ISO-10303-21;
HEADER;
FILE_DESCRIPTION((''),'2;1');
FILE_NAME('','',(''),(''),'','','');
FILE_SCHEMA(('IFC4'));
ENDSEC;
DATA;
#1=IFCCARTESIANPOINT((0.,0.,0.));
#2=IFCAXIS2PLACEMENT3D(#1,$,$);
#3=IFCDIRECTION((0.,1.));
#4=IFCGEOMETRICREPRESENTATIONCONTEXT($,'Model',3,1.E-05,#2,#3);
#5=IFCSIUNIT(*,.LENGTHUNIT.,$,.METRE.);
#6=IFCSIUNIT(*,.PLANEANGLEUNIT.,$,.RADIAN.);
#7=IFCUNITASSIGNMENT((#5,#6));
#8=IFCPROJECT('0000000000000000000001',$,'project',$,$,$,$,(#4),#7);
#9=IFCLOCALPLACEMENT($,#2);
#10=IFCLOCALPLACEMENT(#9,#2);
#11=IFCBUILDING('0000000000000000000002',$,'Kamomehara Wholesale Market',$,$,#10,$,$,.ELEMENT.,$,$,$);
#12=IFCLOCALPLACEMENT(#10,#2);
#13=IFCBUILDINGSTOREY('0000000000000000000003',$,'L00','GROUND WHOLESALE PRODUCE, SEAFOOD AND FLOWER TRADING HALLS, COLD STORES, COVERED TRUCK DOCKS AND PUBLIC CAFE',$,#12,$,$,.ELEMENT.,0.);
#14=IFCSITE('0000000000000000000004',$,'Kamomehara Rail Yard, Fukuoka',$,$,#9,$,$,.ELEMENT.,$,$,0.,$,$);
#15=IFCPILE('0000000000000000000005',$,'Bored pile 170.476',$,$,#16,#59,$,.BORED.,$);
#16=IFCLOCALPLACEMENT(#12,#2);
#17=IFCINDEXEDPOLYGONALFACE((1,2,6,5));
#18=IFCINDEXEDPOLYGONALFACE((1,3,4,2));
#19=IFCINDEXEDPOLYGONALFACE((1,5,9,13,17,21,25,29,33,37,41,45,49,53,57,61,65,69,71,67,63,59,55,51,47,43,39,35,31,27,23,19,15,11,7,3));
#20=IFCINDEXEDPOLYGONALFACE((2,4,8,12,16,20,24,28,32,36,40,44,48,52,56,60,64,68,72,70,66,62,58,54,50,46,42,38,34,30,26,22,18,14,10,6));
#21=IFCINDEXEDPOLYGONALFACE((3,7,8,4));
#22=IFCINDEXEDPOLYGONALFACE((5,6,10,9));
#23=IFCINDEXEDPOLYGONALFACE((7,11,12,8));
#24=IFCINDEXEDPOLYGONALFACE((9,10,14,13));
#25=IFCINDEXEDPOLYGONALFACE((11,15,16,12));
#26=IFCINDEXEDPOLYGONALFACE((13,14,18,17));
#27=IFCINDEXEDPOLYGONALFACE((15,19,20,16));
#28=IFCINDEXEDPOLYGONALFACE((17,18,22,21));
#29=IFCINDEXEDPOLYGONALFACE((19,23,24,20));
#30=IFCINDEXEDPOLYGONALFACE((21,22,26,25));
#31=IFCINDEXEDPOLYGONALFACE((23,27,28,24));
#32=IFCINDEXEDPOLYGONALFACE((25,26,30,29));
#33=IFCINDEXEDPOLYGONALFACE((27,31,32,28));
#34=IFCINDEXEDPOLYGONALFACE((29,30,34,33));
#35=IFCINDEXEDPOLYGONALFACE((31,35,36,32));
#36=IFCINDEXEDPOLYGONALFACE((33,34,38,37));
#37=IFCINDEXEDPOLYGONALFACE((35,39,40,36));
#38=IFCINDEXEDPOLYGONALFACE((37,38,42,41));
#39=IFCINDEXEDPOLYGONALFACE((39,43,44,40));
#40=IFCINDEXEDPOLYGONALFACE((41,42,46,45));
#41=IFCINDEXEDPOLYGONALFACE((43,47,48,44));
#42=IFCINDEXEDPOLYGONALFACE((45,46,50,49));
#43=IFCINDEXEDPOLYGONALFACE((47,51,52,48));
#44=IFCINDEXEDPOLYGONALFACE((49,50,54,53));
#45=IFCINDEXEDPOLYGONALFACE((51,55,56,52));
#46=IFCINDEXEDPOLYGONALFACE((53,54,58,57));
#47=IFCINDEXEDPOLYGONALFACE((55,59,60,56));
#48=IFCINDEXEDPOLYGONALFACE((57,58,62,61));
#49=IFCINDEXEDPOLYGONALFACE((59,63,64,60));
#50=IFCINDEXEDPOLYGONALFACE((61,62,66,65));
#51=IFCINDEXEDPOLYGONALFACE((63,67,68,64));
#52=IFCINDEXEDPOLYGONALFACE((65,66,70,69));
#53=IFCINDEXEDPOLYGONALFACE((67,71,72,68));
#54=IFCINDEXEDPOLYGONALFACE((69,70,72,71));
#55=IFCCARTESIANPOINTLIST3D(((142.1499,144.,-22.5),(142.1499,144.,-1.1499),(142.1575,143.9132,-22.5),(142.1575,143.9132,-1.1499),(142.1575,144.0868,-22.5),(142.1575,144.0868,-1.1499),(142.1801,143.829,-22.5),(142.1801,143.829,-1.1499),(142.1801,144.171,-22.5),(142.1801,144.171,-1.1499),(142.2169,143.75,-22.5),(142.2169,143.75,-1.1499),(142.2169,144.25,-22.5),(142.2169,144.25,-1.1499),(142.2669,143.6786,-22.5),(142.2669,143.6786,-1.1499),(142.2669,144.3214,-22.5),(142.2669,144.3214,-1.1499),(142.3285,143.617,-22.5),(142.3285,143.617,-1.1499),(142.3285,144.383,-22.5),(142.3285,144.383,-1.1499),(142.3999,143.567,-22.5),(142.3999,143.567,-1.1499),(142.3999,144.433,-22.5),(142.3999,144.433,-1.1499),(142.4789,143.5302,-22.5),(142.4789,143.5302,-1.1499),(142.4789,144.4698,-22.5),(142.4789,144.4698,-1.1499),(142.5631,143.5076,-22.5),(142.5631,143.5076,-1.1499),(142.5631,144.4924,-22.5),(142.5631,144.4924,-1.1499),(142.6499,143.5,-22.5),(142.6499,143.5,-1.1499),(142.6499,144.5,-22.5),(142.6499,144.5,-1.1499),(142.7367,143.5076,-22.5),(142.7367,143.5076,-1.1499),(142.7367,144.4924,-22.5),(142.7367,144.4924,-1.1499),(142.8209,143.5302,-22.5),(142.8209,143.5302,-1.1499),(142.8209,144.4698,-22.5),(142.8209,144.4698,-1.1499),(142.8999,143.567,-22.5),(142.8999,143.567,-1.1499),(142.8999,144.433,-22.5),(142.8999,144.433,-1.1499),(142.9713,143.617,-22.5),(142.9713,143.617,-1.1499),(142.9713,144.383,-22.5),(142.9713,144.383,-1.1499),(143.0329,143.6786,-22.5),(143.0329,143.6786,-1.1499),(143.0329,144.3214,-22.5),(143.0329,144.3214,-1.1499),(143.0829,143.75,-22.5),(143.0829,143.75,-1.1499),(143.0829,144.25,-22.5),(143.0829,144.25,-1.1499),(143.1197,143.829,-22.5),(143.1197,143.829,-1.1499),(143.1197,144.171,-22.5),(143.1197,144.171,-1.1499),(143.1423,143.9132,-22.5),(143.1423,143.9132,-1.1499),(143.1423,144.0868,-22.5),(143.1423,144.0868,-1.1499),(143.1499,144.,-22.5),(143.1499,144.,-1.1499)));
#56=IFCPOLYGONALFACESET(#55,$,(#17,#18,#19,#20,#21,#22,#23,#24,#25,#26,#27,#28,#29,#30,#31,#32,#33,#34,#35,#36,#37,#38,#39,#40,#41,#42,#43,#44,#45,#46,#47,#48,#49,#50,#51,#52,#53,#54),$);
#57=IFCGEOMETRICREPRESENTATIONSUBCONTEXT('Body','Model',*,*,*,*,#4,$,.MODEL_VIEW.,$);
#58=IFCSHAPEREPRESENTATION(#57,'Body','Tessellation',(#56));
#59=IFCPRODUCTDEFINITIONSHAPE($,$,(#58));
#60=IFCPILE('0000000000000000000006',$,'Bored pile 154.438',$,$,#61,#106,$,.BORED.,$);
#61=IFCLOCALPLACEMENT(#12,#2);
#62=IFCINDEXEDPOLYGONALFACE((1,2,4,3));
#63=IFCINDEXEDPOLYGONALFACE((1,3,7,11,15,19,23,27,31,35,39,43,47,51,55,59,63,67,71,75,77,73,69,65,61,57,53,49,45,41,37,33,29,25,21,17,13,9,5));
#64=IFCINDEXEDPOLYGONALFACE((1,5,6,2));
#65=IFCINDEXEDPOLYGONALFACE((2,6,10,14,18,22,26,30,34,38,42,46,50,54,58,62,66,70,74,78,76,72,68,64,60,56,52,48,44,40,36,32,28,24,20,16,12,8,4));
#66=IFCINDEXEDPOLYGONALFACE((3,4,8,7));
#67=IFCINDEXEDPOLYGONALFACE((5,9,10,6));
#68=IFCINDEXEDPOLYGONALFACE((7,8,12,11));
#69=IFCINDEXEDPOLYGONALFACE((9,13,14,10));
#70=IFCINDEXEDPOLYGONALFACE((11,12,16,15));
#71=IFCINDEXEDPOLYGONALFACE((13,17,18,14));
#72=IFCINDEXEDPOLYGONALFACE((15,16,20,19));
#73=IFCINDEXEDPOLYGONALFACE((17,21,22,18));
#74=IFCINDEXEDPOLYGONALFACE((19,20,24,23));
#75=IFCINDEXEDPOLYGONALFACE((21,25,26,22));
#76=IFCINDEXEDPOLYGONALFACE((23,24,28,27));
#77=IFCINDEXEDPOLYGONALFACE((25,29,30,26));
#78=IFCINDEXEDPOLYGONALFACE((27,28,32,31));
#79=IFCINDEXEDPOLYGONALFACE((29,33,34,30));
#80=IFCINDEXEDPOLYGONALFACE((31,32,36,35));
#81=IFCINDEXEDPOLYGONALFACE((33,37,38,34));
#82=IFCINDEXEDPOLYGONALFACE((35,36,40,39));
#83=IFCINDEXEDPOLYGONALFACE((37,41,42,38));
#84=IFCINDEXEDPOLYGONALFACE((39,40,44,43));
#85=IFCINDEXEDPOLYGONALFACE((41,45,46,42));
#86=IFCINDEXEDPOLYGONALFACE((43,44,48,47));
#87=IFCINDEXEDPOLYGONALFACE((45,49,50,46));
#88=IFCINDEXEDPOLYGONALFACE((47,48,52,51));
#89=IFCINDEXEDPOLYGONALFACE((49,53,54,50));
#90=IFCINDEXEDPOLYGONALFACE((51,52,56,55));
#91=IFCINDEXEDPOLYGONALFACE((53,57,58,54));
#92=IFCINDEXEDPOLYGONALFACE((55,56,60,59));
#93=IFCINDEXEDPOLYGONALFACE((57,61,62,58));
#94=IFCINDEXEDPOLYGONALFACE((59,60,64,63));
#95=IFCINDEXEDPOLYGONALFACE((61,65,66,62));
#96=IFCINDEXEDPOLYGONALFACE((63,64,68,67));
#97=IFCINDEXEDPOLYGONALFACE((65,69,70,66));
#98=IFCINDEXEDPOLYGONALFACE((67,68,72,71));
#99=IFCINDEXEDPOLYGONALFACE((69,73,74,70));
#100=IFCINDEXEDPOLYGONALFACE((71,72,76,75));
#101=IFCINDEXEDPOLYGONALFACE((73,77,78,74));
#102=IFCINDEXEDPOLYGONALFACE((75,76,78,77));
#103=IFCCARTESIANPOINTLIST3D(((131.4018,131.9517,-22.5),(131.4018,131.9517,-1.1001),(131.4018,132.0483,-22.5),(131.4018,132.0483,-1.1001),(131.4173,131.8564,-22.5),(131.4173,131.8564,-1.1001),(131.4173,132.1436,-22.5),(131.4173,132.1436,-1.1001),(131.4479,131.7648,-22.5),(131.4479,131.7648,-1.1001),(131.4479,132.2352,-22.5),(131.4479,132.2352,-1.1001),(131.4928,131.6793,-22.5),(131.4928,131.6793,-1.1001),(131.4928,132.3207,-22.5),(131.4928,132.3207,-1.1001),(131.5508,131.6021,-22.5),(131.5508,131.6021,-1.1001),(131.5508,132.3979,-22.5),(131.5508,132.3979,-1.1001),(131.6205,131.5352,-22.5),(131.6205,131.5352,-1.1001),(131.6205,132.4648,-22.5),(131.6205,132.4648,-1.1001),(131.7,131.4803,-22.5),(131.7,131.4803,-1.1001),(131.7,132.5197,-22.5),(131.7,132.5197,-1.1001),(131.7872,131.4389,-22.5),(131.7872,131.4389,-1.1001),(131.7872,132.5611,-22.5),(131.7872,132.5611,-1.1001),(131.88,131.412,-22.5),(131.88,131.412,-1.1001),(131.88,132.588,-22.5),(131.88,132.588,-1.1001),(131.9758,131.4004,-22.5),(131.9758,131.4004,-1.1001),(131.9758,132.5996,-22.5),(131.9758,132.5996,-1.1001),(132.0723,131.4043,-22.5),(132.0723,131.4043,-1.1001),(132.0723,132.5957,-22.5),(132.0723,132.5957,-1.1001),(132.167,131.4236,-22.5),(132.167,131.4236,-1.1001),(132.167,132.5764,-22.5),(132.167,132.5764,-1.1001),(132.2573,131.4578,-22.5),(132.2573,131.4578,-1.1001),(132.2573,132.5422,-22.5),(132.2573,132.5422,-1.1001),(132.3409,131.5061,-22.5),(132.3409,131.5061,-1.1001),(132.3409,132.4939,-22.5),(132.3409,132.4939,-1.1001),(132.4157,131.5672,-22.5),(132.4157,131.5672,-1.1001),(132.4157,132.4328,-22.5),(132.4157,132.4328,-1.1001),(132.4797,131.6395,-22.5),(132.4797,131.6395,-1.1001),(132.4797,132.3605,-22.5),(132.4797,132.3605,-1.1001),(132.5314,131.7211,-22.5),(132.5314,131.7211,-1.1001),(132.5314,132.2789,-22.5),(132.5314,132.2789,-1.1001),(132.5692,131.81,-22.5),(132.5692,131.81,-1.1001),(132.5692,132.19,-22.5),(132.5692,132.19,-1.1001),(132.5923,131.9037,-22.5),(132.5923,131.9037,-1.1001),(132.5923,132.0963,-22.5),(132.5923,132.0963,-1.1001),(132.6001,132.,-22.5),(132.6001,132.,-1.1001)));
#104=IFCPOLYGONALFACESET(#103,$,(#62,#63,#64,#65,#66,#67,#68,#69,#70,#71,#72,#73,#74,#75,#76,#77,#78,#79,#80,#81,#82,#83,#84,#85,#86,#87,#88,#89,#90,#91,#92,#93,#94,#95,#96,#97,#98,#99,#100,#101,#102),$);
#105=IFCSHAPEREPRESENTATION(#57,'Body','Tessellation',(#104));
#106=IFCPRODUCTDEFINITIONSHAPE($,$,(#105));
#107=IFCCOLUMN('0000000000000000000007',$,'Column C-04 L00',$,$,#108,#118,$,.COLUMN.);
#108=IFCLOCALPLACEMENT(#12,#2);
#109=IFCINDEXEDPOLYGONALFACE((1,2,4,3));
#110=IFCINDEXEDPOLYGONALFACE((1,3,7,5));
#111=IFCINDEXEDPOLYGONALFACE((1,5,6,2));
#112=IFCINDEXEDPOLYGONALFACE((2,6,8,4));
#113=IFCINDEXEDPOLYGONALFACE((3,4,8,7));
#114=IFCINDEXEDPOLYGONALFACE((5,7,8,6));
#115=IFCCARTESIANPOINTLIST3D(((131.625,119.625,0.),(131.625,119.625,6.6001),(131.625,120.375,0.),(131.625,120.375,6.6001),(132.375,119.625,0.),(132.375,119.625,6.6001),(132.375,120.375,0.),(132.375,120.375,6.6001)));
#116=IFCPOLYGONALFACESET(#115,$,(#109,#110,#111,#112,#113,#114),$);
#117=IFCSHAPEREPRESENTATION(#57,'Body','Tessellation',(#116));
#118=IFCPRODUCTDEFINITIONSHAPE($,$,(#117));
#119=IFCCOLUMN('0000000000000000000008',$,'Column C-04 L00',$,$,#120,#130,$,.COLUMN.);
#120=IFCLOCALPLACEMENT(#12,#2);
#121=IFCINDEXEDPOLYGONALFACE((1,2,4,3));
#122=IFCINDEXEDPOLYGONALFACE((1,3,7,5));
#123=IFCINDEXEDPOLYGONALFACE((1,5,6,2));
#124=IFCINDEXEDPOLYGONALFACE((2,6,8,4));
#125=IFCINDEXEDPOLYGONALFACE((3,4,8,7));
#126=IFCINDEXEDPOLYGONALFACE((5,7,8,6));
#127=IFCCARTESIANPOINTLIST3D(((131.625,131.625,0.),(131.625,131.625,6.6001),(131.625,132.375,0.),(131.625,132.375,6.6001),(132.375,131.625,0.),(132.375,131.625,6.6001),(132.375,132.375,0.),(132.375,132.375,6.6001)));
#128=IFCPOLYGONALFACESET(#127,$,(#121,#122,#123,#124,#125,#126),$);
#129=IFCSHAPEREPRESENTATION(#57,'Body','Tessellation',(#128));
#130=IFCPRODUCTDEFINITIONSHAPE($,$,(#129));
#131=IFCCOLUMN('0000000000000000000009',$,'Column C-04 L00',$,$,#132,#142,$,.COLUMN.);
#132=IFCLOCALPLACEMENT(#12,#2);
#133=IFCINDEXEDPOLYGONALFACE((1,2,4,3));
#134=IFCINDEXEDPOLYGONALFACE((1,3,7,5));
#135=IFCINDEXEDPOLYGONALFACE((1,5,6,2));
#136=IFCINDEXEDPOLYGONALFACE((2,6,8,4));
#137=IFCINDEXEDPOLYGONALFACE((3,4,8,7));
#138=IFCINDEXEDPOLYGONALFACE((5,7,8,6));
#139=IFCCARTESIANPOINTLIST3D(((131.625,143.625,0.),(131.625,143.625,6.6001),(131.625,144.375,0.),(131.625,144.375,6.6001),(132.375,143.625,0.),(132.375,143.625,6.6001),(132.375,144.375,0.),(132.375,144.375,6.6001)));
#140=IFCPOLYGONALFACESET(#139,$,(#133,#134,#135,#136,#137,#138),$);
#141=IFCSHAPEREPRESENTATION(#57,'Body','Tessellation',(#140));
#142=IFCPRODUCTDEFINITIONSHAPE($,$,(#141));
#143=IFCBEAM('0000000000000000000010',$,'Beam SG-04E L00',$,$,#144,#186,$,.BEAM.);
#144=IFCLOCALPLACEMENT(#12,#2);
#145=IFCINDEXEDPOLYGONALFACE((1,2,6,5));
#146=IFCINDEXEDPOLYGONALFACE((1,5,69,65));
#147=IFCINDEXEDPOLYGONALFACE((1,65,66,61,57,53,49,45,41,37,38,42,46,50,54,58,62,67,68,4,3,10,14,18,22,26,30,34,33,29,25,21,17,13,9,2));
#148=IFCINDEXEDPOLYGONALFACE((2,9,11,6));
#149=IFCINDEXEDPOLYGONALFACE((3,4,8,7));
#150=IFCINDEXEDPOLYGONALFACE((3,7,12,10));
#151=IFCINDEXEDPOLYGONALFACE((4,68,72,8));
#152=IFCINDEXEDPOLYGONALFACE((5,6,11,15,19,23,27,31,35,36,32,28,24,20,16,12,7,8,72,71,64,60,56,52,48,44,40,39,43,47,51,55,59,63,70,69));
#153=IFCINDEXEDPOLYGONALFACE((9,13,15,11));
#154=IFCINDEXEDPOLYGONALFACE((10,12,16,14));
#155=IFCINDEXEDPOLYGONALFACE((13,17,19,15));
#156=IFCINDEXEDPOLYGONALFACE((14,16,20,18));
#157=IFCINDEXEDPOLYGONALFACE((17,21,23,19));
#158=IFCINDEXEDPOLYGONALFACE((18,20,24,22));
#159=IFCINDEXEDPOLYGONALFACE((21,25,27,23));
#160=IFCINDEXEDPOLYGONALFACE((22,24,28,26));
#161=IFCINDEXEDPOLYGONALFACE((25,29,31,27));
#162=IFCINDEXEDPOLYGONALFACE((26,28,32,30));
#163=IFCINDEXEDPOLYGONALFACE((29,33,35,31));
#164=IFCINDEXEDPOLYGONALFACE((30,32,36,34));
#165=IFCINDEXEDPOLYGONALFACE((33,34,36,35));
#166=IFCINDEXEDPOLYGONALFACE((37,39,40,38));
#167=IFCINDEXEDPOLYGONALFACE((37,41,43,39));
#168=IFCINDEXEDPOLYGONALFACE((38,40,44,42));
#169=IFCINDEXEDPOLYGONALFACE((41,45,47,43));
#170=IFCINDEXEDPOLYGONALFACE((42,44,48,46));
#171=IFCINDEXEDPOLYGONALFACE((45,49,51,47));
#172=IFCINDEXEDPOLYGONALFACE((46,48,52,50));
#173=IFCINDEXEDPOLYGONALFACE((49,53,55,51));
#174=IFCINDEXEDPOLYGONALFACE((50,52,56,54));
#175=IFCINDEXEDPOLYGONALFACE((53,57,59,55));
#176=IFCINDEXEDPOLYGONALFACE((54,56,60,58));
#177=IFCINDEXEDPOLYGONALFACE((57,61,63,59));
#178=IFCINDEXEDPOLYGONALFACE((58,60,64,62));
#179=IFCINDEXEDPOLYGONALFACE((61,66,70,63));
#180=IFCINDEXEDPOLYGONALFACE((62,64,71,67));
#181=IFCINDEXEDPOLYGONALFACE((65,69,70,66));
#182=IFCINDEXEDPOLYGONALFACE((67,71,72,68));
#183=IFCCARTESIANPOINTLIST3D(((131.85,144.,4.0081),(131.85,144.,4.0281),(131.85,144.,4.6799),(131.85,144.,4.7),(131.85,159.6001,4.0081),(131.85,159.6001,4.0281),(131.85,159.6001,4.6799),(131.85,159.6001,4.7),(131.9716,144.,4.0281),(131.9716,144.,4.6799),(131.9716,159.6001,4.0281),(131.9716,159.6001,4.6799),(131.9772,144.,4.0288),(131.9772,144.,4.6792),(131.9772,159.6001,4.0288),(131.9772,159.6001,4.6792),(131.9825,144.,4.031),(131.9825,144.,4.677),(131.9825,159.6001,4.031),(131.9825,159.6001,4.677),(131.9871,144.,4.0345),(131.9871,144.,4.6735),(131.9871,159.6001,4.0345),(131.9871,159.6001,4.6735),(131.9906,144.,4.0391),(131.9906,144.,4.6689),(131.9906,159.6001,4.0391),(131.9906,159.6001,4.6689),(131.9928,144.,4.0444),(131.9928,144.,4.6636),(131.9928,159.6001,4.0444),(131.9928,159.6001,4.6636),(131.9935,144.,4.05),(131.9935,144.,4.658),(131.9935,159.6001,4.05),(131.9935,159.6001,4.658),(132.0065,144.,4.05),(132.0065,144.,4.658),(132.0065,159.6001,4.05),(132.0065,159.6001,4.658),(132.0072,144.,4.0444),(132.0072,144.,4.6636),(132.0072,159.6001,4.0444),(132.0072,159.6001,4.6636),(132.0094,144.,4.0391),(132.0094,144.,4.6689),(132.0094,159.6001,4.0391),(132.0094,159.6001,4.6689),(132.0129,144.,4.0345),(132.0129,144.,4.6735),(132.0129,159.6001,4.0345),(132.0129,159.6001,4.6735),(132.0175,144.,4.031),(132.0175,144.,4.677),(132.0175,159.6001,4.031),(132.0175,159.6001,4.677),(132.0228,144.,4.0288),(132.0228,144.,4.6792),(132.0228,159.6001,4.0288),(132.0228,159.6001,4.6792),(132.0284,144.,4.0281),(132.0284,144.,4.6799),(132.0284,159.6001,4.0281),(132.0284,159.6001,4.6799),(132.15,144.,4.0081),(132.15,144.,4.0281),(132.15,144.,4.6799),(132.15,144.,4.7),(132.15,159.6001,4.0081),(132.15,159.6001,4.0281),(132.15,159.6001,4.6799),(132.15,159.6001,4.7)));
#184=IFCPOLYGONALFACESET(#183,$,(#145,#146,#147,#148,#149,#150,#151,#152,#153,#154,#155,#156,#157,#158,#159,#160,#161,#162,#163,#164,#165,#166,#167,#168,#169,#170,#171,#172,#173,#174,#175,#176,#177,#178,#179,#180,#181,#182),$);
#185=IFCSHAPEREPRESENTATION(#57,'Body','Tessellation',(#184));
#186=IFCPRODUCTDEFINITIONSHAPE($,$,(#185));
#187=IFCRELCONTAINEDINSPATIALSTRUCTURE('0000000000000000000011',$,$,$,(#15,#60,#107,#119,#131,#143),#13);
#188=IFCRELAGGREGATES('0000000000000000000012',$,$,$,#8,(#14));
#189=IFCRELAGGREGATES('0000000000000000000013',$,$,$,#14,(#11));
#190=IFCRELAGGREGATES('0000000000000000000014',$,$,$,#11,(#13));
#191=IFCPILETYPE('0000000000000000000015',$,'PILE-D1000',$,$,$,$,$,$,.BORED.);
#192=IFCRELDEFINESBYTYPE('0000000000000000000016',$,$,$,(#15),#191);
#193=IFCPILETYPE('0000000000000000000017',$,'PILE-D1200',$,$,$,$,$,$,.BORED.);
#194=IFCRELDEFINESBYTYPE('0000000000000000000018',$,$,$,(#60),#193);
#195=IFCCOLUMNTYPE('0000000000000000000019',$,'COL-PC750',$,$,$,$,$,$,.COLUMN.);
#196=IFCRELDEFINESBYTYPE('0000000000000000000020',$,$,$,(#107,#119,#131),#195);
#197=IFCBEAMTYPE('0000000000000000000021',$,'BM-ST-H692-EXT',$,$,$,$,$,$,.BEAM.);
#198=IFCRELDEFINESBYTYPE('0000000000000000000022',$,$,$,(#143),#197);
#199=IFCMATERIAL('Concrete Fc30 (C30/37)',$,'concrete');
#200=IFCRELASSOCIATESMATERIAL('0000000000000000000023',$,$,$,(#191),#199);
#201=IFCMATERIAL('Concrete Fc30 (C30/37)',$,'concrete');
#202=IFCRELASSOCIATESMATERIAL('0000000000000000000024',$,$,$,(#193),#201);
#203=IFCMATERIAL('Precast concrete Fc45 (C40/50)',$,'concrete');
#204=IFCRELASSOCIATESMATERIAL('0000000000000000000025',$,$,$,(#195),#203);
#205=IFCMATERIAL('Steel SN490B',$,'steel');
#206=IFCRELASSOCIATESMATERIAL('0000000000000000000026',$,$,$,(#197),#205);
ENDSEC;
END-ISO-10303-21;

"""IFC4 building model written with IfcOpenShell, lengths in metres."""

from ifc_helpers import new_model, si_unit, direction, frame, origin, origin_2d, place, context, subcontext, project, spatial, rectangle, circle, i_section, extrude, material, material_profile, profile_set, type_object, element, save


model = new_model("IFC4")

# Units and contexts
model_context = context("Model", 3, precision=1e-05, world=origin(), true_north=direction((0.0, 1.0)))
body_context = subcontext(model_context, "Body", "Model", "MODEL_VIEW")
ifc_project = project(units=[si_unit("LENGTHUNIT", "METRE"), si_unit("PLANEANGLEUNIT", "RADIAN")], contexts=[model_context])

# Site, building, storey
site_placement = place(None, origin())
site = spatial("IfcSite", under=ifc_project, at=site_placement, Name="Kamomehara Rail Yard, Fukuoka", CompositionType="ELEMENT", RefElevation=0.0)
building_placement = place(site_placement, origin())
building = spatial("IfcBuilding", under=site, at=building_placement, Name="Kamomehara Wholesale Market", CompositionType="ELEMENT")
storey_placement = place(building_placement, origin())
storey = spatial("IfcBuildingStorey", under=building, at=storey_placement, Name="L00", Description="GROUND WHOLESALE PRODUCE, SEAFOOD AND FLOWER TRADING HALLS, COLD STORES, COVERED TRUCK DOCKS AND PUBLIC CAFE", CompositionType="ELEMENT", Elevation=0.0)

# Piles
ifc_material_1 = material(Name="Concrete Fc30 (C30/37)", Category="concrete")
ifc_material_profile_1 = material_profile(ifc_material_1, circle(Radius=0.5, at=origin_2d()), Name="RC-PILE-D1000")
ifc_profile_set_1 = profile_set([ifc_material_profile_1], Name="Concrete Fc30 (C30/37)")
pile_type_1 = type_object("IfcPileType", Name="PILE-D1000", PredefinedType="BORED", material=ifc_profile_set_1)
for number, where, z_axis, x_axis, name in (
    (1, (142.6499, 144.0, -1.1499), (0.0, 0.0, -1.0), (1.0, 0.0, 0.0), "Bored pile 170.476"),
):
    element("IfcPile", number, at=place(storey_placement, frame(where, z_axis=z_axis, x_axis=x_axis)), inside=storey, type_object=pile_type_1, Name=name, PredefinedType="BORED", context=body_context, shape_type="SweptSolid", body=[
        extrude(circle(Radius=0.5, at=origin_2d()), origin(), (0.0, 0.0, 1.0), 21.3501),
    ])
ifc_material_2 = material(Name="Concrete Fc30 (C30/37)", Category="concrete")
ifc_material_profile_2 = material_profile(ifc_material_2, circle(Radius=0.6001, at=origin_2d()), Name="RC-PILE-D1200")
ifc_profile_set_2 = profile_set([ifc_material_profile_2], Name="Concrete Fc30 (C30/37)")
pile_type_2 = type_object("IfcPileType", Name="PILE-D1200", PredefinedType="BORED", material=ifc_profile_set_2)
pile_placement = place(storey_placement, frame((132.0, 132.0, -1.1001), z_axis=(0.0, 0.0, -1.0), x_axis=(1.0, 0.0, 0.0)))
element("IfcPile", 2, at=pile_placement, inside=storey, type_object=pile_type_2, Name="Bored pile 154.438", PredefinedType="BORED", context=body_context, shape_type="SweptSolid", body=[
    extrude(circle(Radius=0.6001, at=origin_2d()), origin(), (0.0, 0.0, 1.0), 21.3999),
])

# Columns
ifc_material_3 = material(Name="Precast concrete Fc45 (C40/50)", Category="concrete")
ifc_material_profile_3 = material_profile(ifc_material_3, rectangle(XDim=0.75, YDim=0.75, at=origin_2d()), Name="PC-COL-750x750")
ifc_profile_set_3 = profile_set([ifc_material_profile_3], Name="Precast concrete Fc45 (C40/50)")
column_type = type_object("IfcColumnType", Name="COL-PC750", PredefinedType="COLUMN", material=ifc_profile_set_3)
for number, where, z_axis, x_axis, name in (
    (3, (132.0, 120.0, 0.0), (0.0, 0.0, 1.0), (1.0, 0.0, 0.0), "Column C-04 L00"),
    (4, (132.0, 132.0, 0.0), (0.0, 0.0, 1.0), (1.0, 0.0, 0.0), "Column C-04 L00"),
    (5, (132.0, 144.0, 0.0), (0.0, 0.0, 1.0), (1.0, 0.0, 0.0), "Column C-04 L00"),
):
    element("IfcColumn", number, at=place(storey_placement, frame(where, z_axis=z_axis, x_axis=x_axis)), inside=storey, type_object=column_type, Name=name, PredefinedType="COLUMN", context=body_context, shape_type="SweptSolid", body=[
        extrude(rectangle(XDim=0.75, YDim=0.75, at=origin_2d()), origin(), (0.0, 0.0, 1.0), 6.6001),
    ])

# Beam
ifc_material_4 = material(Name="Steel SN490B", Category="steel")
ifc_material_profile_4 = material_profile(ifc_material_4, i_section(OverallWidth=0.3, OverallDepth=0.6919, WebThickness=0.0129, FlangeThickness=0.02, FilletRadius=0.022, at=origin_2d()), Name="H-692x300x13x20")
ifc_profile_set_4 = profile_set([ifc_material_profile_4], Name="Steel SN490B")
beam_type = type_object("IfcBeamType", Name="BM-ST-H692-EXT", PredefinedType="BEAM", material=ifc_profile_set_4)
beam_placement = place(storey_placement, frame((132.0, 144.0, 4.354), z_axis=(0.0, 1.0, 0.0), x_axis=(-1.0, 0.0, 0.0)))
element("IfcBeam", 6, at=beam_placement, inside=storey, type_object=beam_type, Name="Beam SG-04E L00", PredefinedType="BEAM", context=body_context, shape_type="SweptSolid", body=[
    extrude(i_section(OverallWidth=0.3, OverallDepth=0.6919, WebThickness=0.0129, FlangeThickness=0.02, FilletRadius=0.022, at=origin_2d()), origin(), (0.0, 0.0, 1.0), 15.6001),
])

save(model, "model.ifc")
